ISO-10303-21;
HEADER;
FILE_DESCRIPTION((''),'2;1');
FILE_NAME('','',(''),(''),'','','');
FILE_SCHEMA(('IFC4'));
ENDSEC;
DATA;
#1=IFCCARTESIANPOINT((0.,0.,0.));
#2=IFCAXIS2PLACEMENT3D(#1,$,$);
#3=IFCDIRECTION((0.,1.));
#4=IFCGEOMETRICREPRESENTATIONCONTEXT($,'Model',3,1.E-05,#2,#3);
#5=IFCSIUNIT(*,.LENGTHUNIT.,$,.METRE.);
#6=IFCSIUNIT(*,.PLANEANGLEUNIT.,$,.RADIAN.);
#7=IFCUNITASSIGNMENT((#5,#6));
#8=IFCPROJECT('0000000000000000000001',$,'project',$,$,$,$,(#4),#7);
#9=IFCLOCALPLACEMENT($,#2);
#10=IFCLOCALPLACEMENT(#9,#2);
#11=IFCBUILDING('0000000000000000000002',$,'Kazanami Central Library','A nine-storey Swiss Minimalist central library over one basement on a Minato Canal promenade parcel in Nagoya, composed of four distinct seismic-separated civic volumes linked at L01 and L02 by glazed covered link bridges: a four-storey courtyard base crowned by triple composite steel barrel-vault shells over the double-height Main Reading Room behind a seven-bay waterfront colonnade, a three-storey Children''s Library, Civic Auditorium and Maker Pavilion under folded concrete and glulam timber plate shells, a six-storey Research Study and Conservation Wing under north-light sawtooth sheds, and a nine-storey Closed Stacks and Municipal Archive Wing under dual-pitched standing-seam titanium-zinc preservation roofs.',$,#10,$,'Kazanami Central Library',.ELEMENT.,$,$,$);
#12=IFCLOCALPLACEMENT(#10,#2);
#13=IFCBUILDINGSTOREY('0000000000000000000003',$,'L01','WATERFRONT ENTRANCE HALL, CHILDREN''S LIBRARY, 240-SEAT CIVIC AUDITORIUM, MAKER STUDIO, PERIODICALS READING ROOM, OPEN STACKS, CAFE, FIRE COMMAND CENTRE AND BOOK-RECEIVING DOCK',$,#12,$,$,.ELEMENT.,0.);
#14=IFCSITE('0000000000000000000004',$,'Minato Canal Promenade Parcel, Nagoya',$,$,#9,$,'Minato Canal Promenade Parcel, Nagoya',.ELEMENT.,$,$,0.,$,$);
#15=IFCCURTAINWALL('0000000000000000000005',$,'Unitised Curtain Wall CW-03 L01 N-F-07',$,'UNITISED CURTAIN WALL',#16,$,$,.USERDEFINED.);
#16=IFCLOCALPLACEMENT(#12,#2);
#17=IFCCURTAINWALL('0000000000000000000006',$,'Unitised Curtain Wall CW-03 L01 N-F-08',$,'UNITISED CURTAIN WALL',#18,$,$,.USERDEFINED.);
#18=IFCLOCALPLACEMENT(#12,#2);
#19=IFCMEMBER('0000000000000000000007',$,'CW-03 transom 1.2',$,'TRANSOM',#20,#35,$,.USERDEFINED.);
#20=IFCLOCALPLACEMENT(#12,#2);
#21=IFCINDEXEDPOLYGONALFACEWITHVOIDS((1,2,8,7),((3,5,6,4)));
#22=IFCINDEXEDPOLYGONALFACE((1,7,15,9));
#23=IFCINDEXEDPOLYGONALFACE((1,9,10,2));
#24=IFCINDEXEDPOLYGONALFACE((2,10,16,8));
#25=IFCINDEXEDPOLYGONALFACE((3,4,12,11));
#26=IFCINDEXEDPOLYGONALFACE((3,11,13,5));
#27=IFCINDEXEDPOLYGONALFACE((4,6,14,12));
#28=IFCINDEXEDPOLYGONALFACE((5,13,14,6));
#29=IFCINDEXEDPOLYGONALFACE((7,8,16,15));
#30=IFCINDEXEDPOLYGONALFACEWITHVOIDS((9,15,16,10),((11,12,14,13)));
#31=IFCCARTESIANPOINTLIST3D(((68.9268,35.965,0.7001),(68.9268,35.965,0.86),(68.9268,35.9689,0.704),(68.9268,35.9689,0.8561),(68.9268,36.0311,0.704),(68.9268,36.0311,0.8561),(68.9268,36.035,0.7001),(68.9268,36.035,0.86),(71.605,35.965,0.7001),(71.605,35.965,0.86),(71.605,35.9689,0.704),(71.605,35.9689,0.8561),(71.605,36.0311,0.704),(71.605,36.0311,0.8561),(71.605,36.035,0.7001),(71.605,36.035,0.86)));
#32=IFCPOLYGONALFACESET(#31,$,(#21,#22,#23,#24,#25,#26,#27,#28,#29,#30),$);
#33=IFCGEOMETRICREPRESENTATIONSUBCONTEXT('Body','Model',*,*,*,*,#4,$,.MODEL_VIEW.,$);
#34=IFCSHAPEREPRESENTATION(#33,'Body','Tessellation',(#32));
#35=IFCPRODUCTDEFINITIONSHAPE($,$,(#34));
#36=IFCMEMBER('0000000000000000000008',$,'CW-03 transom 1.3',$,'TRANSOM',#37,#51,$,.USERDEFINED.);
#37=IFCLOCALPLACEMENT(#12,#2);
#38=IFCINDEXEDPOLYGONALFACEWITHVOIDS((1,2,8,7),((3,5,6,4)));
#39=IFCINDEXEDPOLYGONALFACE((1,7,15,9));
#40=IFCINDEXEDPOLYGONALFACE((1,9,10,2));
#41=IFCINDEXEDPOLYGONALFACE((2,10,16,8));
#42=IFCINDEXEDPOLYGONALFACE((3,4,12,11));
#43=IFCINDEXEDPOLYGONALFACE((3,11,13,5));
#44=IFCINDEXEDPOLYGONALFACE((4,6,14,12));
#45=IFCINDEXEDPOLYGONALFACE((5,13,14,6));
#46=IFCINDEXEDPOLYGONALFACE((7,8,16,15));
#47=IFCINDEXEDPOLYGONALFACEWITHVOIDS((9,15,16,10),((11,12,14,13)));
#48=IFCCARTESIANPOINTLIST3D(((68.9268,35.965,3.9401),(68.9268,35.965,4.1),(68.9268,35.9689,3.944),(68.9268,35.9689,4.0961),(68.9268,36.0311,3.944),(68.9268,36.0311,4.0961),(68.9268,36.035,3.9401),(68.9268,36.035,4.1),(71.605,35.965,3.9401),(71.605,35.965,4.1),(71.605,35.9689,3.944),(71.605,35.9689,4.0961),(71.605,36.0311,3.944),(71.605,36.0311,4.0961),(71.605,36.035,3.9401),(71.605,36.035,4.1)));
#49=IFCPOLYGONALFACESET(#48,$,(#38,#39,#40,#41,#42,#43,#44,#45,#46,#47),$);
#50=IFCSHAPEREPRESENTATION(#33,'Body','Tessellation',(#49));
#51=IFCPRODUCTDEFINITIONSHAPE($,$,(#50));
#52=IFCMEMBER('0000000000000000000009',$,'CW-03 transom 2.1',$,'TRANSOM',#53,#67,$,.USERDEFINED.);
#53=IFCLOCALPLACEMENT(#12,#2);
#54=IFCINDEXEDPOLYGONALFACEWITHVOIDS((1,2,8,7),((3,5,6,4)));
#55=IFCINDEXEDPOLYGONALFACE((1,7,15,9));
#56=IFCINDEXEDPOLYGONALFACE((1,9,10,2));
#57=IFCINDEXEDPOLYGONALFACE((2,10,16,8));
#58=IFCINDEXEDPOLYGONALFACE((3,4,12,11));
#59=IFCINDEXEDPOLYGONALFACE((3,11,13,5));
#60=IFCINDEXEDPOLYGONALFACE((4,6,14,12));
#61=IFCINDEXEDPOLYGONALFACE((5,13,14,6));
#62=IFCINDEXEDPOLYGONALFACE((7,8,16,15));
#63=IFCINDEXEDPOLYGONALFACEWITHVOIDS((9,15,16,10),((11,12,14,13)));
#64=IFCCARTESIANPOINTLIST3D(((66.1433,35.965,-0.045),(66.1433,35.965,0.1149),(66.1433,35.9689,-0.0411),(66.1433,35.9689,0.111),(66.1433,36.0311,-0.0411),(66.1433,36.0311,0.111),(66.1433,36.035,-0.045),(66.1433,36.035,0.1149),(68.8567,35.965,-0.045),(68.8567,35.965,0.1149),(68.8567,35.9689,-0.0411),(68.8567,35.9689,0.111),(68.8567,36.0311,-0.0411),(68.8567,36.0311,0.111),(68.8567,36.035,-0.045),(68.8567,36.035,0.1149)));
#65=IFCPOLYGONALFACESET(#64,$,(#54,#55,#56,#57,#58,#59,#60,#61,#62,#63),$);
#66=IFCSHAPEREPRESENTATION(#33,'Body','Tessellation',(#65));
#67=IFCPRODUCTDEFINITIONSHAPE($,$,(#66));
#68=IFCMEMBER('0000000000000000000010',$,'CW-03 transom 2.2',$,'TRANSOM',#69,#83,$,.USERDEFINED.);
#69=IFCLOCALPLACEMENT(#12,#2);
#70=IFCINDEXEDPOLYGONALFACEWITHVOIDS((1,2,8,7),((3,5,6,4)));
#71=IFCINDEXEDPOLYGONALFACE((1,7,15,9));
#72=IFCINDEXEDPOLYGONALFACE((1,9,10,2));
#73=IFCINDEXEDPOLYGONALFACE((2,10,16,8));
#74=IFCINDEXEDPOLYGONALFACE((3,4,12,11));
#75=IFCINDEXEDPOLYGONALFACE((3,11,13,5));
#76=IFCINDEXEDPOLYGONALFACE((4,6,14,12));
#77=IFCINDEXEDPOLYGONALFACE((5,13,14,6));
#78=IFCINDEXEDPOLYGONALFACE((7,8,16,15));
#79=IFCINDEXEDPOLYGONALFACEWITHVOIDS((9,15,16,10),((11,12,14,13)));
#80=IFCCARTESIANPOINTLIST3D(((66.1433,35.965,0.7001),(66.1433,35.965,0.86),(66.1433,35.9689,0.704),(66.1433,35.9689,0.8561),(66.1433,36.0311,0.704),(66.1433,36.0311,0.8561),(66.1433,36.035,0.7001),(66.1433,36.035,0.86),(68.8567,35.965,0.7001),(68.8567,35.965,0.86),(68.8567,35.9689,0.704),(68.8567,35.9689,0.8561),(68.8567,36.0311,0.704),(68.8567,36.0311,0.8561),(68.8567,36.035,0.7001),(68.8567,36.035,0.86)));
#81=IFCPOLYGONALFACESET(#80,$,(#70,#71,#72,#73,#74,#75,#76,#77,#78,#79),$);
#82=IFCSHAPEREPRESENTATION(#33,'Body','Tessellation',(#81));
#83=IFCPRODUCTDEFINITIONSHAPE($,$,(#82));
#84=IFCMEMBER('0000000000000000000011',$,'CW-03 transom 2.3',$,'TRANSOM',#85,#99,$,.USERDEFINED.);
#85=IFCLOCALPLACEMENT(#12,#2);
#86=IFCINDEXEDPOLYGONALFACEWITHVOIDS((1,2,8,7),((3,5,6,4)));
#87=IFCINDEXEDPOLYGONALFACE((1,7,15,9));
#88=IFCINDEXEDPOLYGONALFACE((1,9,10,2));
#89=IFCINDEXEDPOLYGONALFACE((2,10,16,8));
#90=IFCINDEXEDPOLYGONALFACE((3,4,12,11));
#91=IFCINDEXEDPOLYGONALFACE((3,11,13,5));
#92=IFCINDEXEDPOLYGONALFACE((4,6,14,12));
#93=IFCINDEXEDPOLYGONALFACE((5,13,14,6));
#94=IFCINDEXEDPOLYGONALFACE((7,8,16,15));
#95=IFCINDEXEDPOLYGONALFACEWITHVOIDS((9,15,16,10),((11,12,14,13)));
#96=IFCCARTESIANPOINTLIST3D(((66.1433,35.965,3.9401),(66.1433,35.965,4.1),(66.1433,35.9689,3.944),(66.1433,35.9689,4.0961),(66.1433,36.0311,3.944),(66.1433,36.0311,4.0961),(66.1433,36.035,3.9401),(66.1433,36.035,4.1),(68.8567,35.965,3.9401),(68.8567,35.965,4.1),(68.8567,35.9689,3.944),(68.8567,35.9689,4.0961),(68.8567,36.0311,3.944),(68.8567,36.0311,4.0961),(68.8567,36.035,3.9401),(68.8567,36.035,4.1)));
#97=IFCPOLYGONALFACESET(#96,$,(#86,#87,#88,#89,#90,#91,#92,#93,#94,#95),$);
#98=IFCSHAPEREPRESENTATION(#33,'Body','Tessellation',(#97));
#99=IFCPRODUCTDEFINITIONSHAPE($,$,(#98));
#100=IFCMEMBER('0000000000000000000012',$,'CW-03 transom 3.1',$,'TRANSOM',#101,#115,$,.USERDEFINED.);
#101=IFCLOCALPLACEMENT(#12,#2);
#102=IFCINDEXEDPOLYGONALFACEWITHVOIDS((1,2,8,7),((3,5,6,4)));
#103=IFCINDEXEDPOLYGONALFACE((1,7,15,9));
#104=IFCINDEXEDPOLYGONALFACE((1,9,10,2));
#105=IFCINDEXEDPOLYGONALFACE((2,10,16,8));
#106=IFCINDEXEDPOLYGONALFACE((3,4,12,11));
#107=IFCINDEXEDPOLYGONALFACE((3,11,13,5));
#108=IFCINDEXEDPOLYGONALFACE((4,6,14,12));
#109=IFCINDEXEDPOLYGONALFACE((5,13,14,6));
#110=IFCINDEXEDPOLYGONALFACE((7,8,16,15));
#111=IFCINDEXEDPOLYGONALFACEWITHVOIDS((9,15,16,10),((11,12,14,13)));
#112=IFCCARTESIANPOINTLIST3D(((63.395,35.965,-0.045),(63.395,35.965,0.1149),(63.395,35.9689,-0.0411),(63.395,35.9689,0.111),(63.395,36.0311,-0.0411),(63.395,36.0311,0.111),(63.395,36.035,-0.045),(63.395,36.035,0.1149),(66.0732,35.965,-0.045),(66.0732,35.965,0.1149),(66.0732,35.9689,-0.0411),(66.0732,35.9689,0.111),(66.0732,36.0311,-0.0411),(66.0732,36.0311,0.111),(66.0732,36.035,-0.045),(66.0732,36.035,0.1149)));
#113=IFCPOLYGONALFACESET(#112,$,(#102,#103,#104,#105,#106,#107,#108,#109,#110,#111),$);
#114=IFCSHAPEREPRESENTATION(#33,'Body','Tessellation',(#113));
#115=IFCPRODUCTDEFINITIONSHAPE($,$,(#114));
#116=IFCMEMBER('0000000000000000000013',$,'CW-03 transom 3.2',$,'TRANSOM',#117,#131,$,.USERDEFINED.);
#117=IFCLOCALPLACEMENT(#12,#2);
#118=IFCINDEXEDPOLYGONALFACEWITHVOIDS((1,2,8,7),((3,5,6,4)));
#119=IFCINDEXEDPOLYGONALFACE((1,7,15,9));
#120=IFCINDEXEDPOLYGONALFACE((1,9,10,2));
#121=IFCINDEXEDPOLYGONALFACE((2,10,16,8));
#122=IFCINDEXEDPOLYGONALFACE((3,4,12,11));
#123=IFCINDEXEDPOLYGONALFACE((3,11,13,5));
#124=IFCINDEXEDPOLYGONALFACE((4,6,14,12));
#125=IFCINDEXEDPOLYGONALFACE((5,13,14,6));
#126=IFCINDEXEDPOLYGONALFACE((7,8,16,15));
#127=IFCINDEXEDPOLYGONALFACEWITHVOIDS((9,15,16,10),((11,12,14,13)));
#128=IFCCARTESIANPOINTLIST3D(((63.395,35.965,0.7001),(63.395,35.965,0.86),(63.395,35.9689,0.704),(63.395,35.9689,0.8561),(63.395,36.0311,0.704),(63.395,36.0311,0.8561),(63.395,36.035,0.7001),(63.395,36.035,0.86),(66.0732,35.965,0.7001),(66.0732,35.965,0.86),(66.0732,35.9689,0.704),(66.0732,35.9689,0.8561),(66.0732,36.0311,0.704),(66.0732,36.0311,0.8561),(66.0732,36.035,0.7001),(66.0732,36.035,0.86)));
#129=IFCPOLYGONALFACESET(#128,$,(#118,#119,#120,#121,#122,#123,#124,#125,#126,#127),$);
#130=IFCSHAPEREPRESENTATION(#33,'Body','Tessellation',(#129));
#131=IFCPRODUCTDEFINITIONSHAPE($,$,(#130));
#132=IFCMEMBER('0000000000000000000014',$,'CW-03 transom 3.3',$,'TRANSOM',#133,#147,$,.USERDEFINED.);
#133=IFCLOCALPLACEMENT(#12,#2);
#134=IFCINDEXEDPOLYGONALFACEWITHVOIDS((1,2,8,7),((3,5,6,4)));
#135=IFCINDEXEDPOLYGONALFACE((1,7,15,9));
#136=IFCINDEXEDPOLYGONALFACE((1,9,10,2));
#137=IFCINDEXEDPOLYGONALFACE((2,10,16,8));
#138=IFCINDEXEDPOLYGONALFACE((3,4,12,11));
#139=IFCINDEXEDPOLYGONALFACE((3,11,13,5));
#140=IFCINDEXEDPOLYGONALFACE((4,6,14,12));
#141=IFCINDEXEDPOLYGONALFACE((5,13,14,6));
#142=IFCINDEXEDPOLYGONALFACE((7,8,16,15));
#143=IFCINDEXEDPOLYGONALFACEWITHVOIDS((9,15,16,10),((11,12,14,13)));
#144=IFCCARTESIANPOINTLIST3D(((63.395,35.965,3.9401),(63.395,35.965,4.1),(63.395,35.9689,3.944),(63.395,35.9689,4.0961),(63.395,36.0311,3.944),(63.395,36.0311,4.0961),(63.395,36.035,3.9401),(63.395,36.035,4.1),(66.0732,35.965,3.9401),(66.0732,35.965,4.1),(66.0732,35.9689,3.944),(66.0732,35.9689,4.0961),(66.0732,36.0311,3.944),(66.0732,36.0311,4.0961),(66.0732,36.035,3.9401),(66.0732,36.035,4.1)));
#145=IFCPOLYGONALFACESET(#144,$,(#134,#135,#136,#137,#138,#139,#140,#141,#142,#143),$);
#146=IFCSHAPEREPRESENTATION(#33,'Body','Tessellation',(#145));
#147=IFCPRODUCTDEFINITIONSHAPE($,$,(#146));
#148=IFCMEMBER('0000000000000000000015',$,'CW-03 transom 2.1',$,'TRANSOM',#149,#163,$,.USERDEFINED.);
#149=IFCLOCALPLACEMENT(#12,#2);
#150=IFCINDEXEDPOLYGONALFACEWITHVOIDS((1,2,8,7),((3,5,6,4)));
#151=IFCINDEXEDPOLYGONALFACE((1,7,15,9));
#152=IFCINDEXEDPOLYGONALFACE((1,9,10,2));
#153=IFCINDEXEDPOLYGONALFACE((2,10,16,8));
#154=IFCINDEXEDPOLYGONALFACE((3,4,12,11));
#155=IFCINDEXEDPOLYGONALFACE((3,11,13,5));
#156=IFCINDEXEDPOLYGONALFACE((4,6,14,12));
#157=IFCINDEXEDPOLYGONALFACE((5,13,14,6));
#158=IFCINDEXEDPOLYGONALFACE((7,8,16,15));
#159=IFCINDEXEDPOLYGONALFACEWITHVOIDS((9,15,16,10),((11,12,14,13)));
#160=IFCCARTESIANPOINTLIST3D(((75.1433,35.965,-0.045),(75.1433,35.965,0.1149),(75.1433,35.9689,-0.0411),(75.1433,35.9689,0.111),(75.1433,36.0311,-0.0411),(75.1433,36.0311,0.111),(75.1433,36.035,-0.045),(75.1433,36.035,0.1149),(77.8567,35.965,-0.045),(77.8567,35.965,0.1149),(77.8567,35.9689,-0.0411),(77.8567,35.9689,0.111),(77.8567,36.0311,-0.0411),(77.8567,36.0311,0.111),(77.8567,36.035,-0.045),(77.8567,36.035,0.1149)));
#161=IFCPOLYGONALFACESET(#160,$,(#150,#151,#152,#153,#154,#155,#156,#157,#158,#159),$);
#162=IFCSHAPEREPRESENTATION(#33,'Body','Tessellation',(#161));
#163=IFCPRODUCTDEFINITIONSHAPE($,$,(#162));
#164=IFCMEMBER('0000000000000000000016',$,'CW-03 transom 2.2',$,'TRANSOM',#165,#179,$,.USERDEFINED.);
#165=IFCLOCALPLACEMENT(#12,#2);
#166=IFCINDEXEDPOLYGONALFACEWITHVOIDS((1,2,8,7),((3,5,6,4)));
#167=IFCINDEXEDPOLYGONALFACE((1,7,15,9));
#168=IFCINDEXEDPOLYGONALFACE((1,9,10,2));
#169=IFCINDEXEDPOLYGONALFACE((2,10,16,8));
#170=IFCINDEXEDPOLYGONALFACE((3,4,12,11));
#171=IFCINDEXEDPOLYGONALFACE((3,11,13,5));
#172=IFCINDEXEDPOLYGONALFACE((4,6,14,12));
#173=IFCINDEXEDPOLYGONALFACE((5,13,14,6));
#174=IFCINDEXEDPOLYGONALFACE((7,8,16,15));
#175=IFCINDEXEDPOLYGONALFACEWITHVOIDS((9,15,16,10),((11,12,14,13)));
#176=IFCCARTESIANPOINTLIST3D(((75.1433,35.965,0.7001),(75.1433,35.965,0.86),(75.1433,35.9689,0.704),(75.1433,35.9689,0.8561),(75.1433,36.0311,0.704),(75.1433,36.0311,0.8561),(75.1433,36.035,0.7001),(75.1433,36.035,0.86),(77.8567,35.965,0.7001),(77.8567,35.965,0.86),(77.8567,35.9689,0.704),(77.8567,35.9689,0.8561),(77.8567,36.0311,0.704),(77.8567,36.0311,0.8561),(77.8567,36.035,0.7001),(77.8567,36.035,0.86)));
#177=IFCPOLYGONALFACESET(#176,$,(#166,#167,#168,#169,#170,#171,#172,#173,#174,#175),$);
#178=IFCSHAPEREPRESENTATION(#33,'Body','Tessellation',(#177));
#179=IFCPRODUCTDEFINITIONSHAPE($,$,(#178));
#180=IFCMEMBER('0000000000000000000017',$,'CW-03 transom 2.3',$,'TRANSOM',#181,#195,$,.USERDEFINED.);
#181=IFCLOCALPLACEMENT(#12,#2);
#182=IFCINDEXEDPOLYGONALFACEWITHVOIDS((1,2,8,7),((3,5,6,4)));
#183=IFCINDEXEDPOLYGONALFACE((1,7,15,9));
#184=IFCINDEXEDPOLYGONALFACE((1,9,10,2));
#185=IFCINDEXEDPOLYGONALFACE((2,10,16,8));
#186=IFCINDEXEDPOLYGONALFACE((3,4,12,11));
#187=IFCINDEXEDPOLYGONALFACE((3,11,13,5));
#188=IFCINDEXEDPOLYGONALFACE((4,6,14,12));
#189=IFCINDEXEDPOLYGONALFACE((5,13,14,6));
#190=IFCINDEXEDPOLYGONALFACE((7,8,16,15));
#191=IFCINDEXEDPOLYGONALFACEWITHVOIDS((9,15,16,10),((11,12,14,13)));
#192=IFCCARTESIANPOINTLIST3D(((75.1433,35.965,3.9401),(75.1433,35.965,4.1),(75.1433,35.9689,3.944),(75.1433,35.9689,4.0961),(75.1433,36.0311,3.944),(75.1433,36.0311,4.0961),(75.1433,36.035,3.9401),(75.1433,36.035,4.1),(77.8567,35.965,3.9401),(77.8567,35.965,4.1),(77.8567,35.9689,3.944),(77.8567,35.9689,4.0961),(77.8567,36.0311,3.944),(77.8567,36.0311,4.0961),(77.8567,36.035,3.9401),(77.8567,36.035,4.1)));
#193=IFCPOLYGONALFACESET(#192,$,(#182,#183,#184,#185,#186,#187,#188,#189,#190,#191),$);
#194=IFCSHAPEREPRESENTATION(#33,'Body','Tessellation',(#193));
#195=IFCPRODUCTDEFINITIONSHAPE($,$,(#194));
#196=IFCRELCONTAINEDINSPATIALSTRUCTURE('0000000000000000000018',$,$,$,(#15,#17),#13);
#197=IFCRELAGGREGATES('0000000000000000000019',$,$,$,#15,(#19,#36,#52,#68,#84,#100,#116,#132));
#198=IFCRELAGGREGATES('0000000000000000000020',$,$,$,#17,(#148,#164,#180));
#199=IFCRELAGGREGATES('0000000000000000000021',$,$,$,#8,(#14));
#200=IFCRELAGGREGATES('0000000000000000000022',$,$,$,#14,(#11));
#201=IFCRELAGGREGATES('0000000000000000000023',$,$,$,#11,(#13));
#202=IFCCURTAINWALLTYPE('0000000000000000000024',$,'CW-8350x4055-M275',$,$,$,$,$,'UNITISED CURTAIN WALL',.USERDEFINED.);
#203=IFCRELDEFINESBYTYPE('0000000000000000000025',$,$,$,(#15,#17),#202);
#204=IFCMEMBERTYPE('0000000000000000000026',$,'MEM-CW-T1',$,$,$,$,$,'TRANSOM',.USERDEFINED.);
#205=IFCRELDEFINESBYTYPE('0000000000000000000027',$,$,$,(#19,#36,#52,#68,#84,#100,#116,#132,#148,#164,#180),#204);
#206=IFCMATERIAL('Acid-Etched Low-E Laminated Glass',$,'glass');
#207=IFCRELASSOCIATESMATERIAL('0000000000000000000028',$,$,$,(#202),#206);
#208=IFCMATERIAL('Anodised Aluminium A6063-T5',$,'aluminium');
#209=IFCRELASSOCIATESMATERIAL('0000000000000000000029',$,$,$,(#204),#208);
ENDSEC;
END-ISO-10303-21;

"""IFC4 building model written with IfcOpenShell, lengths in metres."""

from ifc_helpers import new_model, si_unit, direction, frame, origin, origin_2d, place, context, subcontext, project, spatial, hollow_rectangle, extrude, material, material_profile, profile_set, type_object, element, aggregate, save


model = new_model("IFC4")

# Units and contexts
model_context = context("Model", 3, precision=1e-05, world=origin(), true_north=direction((0.0, 1.0)))
body_context = subcontext(model_context, "Body", "Model", "MODEL_VIEW")
ifc_project = project(units=[si_unit("LENGTHUNIT", "METRE"), si_unit("PLANEANGLEUNIT", "RADIAN")], contexts=[model_context])

# Site, building, storey
site_placement = place(None, origin())
site = spatial("IfcSite", under=ifc_project, at=site_placement, Name="Minato Canal Promenade Parcel, Nagoya", LongName="Minato Canal Promenade Parcel, Nagoya", CompositionType="ELEMENT", RefElevation=0.0)
building_placement = place(site_placement, origin())
building = spatial("IfcBuilding", under=site, at=building_placement, Name="Kazanami Central Library", Description="A nine-storey Swiss Minimalist central library over one basement on a Minato Canal promenade parcel in Nagoya, composed of four distinct seismic-separated civic volumes linked at L01 and L02 by glazed covered link bridges: a four-storey courtyard base crowned by triple composite steel barrel-vault shells over the double-height Main Reading Room behind a seven-bay waterfront colonnade, a three-storey Children's Library, Civic Auditorium and Maker Pavilion under folded concrete and glulam timber plate shells, a six-storey Research Study and Conservation Wing under north-light sawtooth sheds, and a nine-storey Closed Stacks and Municipal Archive Wing under dual-pitched standing-seam titanium-zinc preservation roofs.", LongName="Kazanami Central Library", CompositionType="ELEMENT")
storey_placement = place(building_placement, origin())
storey = spatial("IfcBuildingStorey", under=building, at=storey_placement, Name="L01", Description="WATERFRONT ENTRANCE HALL, CHILDREN'S LIBRARY, 240-SEAT CIVIC AUDITORIUM, MAKER STUDIO, PERIODICALS READING ROOM, OPEN STACKS, CAFE, FIRE COMMAND CENTRE AND BOOK-RECEIVING DOCK", CompositionType="ELEMENT", Elevation=0.0)

# Curtain walls
ifc_material_1 = material(Name="Acid-Etched Low-E Laminated Glass", Category="glass")
curtain_wall_type = type_object("IfcCurtainWallType", Name="CW-8350x4055-M275", ElementType="UNITISED CURTAIN WALL", PredefinedType="USERDEFINED", material=ifc_material_1)
curtain_wall_1_placement = place(storey_placement, origin())
curtain_wall_1 = element("IfcCurtainWall", 1, at=curtain_wall_1_placement, inside=storey, type_object=curtain_wall_type, Name="Unitised Curtain Wall CW-03 L01 N-F-07", ObjectType="UNITISED CURTAIN WALL", PredefinedType="USERDEFINED")
ifc_material_2 = material(Name="Anodised Aluminium A6063-T5", Category="aluminium")
curtain_wall_2_placement = place(storey_placement, origin())
curtain_wall_2 = element("IfcCurtainWall", 2, at=curtain_wall_2_placement, inside=storey, type_object=curtain_wall_type, Name="Unitised Curtain Wall CW-03 L01 N-F-08", ObjectType="UNITISED CURTAIN WALL", PredefinedType="USERDEFINED")

# Members
ifc_material_profile_1 = material_profile(ifc_material_2, hollow_rectangle(XDim=0.0701, YDim=0.1599, WallThickness=0.0039, at=origin_2d()), Name="ALU-TRAN-70x160x4")
ifc_profile_set_1 = profile_set([ifc_material_profile_1], Name="Anodised Aluminium A6063-T5")
member_type_1 = type_object("IfcMemberType", Name="MEM-CW-T1", ElementType="TRANSOM", PredefinedType="USERDEFINED", material=ifc_profile_set_1)
member_1_placement = place(storey_placement, frame((71.605, 36.0, 0.78), z_axis=(-1.0, 0.0, 0.0), x_axis=(0.0, -1.0, 0.0)))
member_1 = element("IfcMember", 3, at=member_1_placement, type_object=member_type_1, Name="CW-03 transom 1.2", ObjectType="TRANSOM", PredefinedType="USERDEFINED", context=body_context, shape_type="SweptSolid", body=[
    extrude(hollow_rectangle(XDim=0.0701, YDim=0.1599, WallThickness=0.0039, at=origin_2d()), origin(), (0.0, 0.0, 1.0), 2.6782),
])
member_2_placement = place(storey_placement, frame((71.605, 36.0, 4.02), z_axis=(-1.0, 0.0, 0.0), x_axis=(0.0, -1.0, 0.0)))
member_2 = element("IfcMember", 4, at=member_2_placement, type_object=member_type_1, Name="CW-03 transom 1.3", ObjectType="TRANSOM", PredefinedType="USERDEFINED", context=body_context, shape_type="SweptSolid", body=[
    extrude(hollow_rectangle(XDim=0.0701, YDim=0.1599, WallThickness=0.0039, at=origin_2d()), origin(), (0.0, 0.0, 1.0), 2.6782),
])
member_3_placement = place(storey_placement, frame((68.8567, 36.0, 0.0349), z_axis=(-1.0, 0.0, 0.0), x_axis=(0.0, -1.0, 0.0)))
member_3 = element("IfcMember", 5, at=member_3_placement, type_object=member_type_1, Name="CW-03 transom 2.1", ObjectType="TRANSOM", PredefinedType="USERDEFINED", context=body_context, shape_type="SweptSolid", body=[
    extrude(hollow_rectangle(XDim=0.0701, YDim=0.1599, WallThickness=0.0039, at=origin_2d()), origin(), (0.0, 0.0, 1.0), 2.7134),
])
member_4_placement = place(storey_placement, frame((68.8567, 36.0, 0.78), z_axis=(-1.0, 0.0, 0.0), x_axis=(0.0, -1.0, 0.0)))
member_4 = element("IfcMember", 6, at=member_4_placement, type_object=member_type_1, Name="CW-03 transom 2.2", ObjectType="TRANSOM", PredefinedType="USERDEFINED", context=body_context, shape_type="SweptSolid", body=[
    extrude(hollow_rectangle(XDim=0.0701, YDim=0.1599, WallThickness=0.0039, at=origin_2d()), origin(), (0.0, 0.0, 1.0), 2.7134),
])
member_5_placement = place(storey_placement, frame((68.8567, 36.0, 4.02), z_axis=(-1.0, 0.0, 0.0), x_axis=(0.0, -1.0, 0.0)))
member_5 = element("IfcMember", 7, at=member_5_placement, type_object=member_type_1, Name="CW-03 transom 2.3", ObjectType="TRANSOM", PredefinedType="USERDEFINED", context=body_context, shape_type="SweptSolid", body=[
    extrude(hollow_rectangle(XDim=0.0701, YDim=0.1599, WallThickness=0.0039, at=origin_2d()), origin(), (0.0, 0.0, 1.0), 2.7134),
])
member_6_placement = place(storey_placement, frame((66.0732, 36.0, 0.0349), z_axis=(-1.0, 0.0, 0.0), x_axis=(0.0, -1.0, 0.0)))
member_6 = element("IfcMember", 8, at=member_6_placement, type_object=member_type_1, Name="CW-03 transom 3.1", ObjectType="TRANSOM", PredefinedType="USERDEFINED", context=body_context, shape_type="SweptSolid", body=[
    extrude(hollow_rectangle(XDim=0.0701, YDim=0.1599, WallThickness=0.0039, at=origin_2d()), origin(), (0.0, 0.0, 1.0), 2.6782),
])
member_7_placement = place(storey_placement, frame((66.0732, 36.0, 0.78), z_axis=(-1.0, 0.0, 0.0), x_axis=(0.0, -1.0, 0.0)))
member_7 = element("IfcMember", 9, at=member_7_placement, type_object=member_type_1, Name="CW-03 transom 3.2", ObjectType="TRANSOM", PredefinedType="USERDEFINED", context=body_context, shape_type="SweptSolid", body=[
    extrude(hollow_rectangle(XDim=0.0701, YDim=0.1599, WallThickness=0.0039, at=origin_2d()), origin(), (0.0, 0.0, 1.0), 2.6782),
])
member_8_placement = place(storey_placement, frame((66.0732, 36.0, 4.02), z_axis=(-1.0, 0.0, 0.0), x_axis=(0.0, -1.0, 0.0)))
member_8 = element("IfcMember", 10, at=member_8_placement, type_object=member_type_1, Name="CW-03 transom 3.3", ObjectType="TRANSOM", PredefinedType="USERDEFINED", context=body_context, shape_type="SweptSolid", body=[
    extrude(hollow_rectangle(XDim=0.0701, YDim=0.1599, WallThickness=0.0039, at=origin_2d()), origin(), (0.0, 0.0, 1.0), 2.6782),
])
member_9_placement = place(storey_placement, frame((77.8567, 36.0, 0.0349), z_axis=(-1.0, 0.0, 0.0), x_axis=(0.0, -1.0, 0.0)))
member_9 = element("IfcMember", 11, at=member_9_placement, type_object=member_type_1, Name="CW-03 transom 2.1", ObjectType="TRANSOM", PredefinedType="USERDEFINED", context=body_context, shape_type="SweptSolid", body=[
    extrude(hollow_rectangle(XDim=0.0701, YDim=0.1599, WallThickness=0.0039, at=origin_2d()), origin(), (0.0, 0.0, 1.0), 2.7134),
])
member_10_placement = place(storey_placement, frame((77.8567, 36.0, 0.78), z_axis=(-1.0, 0.0, 0.0), x_axis=(0.0, -1.0, 0.0)))
member_10 = element("IfcMember", 12, at=member_10_placement, type_object=member_type_1, Name="CW-03 transom 2.2", ObjectType="TRANSOM", PredefinedType="USERDEFINED", context=body_context, shape_type="SweptSolid", body=[
    extrude(hollow_rectangle(XDim=0.0701, YDim=0.1599, WallThickness=0.0039, at=origin_2d()), origin(), (0.0, 0.0, 1.0), 2.7134),
])
member_11_placement = place(storey_placement, frame((77.8567, 36.0, 4.02), z_axis=(-1.0, 0.0, 0.0), x_axis=(0.0, -1.0, 0.0)))
member_11 = element("IfcMember", 13, at=member_11_placement, type_object=member_type_1, Name="CW-03 transom 2.3", ObjectType="TRANSOM", PredefinedType="USERDEFINED", context=body_context, shape_type="SweptSolid", body=[
    extrude(hollow_rectangle(XDim=0.0701, YDim=0.1599, WallThickness=0.0039, at=origin_2d()), origin(), (0.0, 0.0, 1.0), 2.7134),
])

aggregate(curtain_wall_1, [member_1, member_2, member_3, member_4, member_5, member_6, member_7, member_8])
aggregate(curtain_wall_2, [member_9, member_10, member_11])

save(model, "model.ifc")
